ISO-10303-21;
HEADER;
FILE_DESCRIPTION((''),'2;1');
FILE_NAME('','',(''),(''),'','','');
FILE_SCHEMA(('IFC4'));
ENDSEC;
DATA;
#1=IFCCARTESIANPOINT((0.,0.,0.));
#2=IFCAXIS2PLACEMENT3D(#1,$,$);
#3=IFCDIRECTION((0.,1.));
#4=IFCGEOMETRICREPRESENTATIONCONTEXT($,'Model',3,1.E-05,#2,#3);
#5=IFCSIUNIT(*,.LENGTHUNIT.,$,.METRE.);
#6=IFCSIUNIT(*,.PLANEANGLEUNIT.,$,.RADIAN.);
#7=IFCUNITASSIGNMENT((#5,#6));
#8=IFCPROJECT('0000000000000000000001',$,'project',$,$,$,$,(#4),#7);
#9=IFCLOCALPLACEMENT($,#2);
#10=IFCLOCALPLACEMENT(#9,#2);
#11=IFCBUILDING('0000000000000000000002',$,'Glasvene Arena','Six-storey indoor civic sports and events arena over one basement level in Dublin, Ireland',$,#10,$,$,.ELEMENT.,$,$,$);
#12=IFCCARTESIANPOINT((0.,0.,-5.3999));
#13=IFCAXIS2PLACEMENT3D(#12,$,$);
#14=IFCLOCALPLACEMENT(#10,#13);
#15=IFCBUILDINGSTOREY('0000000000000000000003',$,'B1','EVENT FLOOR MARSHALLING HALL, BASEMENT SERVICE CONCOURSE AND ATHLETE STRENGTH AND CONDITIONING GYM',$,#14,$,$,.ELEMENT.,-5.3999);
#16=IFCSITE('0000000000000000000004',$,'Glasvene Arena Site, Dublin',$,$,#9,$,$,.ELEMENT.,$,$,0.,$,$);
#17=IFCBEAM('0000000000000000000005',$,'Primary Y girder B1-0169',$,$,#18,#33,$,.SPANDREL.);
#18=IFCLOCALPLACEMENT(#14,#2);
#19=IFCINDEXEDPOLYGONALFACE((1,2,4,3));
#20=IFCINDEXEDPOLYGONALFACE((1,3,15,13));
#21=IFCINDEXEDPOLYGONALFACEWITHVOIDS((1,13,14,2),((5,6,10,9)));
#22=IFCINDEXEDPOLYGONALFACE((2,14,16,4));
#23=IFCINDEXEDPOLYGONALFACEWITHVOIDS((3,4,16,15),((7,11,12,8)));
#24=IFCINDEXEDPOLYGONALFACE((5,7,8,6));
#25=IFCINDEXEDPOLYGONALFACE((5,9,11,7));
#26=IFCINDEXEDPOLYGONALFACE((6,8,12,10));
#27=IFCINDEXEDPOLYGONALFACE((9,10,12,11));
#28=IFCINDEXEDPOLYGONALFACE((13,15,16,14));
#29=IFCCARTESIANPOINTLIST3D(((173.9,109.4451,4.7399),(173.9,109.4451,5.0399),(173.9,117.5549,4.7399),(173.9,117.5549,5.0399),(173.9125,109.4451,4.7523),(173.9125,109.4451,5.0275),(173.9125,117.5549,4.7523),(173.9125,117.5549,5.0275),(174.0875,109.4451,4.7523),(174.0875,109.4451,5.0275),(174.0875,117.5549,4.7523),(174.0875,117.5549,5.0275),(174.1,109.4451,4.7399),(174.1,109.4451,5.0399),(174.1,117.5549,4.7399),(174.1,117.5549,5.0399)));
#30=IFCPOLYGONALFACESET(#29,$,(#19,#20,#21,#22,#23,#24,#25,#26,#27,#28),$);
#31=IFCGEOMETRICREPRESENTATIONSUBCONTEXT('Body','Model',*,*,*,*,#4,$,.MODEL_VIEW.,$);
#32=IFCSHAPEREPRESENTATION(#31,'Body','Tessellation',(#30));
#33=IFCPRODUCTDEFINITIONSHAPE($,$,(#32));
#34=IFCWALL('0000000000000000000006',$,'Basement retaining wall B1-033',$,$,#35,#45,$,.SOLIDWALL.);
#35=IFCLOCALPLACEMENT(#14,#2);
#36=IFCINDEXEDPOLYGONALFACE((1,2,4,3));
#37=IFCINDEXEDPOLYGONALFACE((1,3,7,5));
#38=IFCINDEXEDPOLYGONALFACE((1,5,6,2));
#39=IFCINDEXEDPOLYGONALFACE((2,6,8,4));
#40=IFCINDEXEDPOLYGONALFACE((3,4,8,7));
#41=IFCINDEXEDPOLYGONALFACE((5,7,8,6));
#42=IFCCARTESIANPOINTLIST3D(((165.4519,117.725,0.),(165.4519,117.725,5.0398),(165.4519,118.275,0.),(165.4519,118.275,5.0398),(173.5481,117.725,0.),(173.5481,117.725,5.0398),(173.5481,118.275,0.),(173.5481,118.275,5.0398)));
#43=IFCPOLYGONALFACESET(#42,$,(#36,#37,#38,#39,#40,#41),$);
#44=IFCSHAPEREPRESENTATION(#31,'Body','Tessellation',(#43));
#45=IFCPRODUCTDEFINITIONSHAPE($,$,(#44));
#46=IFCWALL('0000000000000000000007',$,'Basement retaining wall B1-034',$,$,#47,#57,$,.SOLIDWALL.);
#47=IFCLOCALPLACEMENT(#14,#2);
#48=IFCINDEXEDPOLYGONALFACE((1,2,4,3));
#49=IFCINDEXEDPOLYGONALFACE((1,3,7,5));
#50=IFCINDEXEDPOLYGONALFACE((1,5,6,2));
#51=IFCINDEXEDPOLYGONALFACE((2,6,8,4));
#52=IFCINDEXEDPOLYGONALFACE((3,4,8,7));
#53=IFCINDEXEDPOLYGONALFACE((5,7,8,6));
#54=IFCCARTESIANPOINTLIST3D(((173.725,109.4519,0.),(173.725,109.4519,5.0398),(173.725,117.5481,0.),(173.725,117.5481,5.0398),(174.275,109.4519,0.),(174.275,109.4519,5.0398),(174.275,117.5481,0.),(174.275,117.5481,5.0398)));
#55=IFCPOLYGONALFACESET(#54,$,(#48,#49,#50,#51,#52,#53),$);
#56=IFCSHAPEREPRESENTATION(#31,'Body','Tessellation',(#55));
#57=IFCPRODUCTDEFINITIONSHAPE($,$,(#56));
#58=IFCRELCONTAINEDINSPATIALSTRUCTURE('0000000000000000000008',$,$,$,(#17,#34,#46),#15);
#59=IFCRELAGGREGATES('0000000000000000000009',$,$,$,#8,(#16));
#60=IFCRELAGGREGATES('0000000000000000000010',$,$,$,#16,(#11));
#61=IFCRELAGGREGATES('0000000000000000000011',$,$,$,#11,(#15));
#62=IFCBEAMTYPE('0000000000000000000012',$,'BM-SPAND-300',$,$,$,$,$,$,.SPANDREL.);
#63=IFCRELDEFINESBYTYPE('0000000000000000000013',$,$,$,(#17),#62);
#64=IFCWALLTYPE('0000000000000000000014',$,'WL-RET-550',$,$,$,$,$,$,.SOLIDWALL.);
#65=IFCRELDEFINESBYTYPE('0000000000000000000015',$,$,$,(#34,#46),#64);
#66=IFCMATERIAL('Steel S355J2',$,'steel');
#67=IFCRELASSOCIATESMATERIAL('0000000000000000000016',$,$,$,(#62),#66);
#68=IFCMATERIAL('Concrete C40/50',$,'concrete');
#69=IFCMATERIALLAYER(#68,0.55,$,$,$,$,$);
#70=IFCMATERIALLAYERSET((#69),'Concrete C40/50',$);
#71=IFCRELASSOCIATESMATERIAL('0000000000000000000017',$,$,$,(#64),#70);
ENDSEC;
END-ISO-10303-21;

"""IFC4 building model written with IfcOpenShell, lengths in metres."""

from ifc_helpers import new_model, si_unit, direction, frame, frame_2d, origin, origin_2d, place, context, subcontext, project, spatial, rectangle, hollow_rectangle, extrude, material, layer, layer_set, material_profile, profile_set, type_object, element, save


model = new_model("IFC4")

# Units and contexts
model_context = context("Model", 3, precision=1e-05, world=origin(), true_north=direction((0.0, 1.0)))
body_context = subcontext(model_context, "Body", "Model", "MODEL_VIEW")
ifc_project = project(units=[si_unit("LENGTHUNIT", "METRE"), si_unit("PLANEANGLEUNIT", "RADIAN")], contexts=[model_context])

# Site, building, storey
site_placement = place(None, origin())
site = spatial("IfcSite", under=ifc_project, at=site_placement, Name="Glasvene Arena Site, Dublin", CompositionType="ELEMENT", RefElevation=0.0)
building_placement = place(site_placement, origin())
building = spatial("IfcBuilding", under=site, at=building_placement, Name="Glasvene Arena", Description="Six-storey indoor civic sports and events arena over one basement level in Dublin, Ireland", CompositionType="ELEMENT")
storey_placement = place(building_placement, frame((0.0, 0.0, -5.3999)))
storey = spatial("IfcBuildingStorey", under=building, at=storey_placement, Name="B1", Description="EVENT FLOOR MARSHALLING HALL, BASEMENT SERVICE CONCOURSE AND ATHLETE STRENGTH AND CONDITIONING GYM", CompositionType="ELEMENT", Elevation=-5.3999)

# Shared definitions
ifc_material_1 = material(Name="Concrete C40/50", Category="concrete")

# Beam
ifc_material_2 = material(Name="Steel S355J2", Category="steel")
ifc_material_profile_1 = material_profile(ifc_material_2, hollow_rectangle(XDim=0.2, YDim=0.3, WallThickness=0.0125, at=origin_2d()), Name="RHS 300x200x12.5")
ifc_profile_set_1 = profile_set([ifc_material_profile_1], Name="Steel S355J2")
beam_type_1 = type_object("IfcBeamType", Name="BM-SPAND-300", PredefinedType="SPANDREL", material=ifc_profile_set_1)
beam_1_placement = place(storey_placement, frame((174.0, 109.4451, 4.8899), z_axis=(0.0, 1.0, 0.0), x_axis=(-1.0, 0.0, 0.0)))
element("IfcBeam", 1, at=beam_1_placement, inside=storey, type_object=beam_type_1, Name="Primary Y girder B1-0169", PredefinedType="SPANDREL", context=body_context, shape_type="SweptSolid", body=[
    extrude(hollow_rectangle(XDim=0.2, YDim=0.3, WallThickness=0.0125, at=origin_2d()), origin(), (0.0, 0.0, 1.0), 8.1099),
])

# Walls
ifc_layer = layer(ifc_material_1, 0.55)
ifc_layer_set = layer_set([ifc_layer], Name="Concrete C40/50")
wall_type = type_object("IfcWallType", Name="WL-RET-550", PredefinedType="SOLIDWALL", material=ifc_layer_set)
for number, where, z_axis, x_axis, name in (
    (2, (165.4519, 118.0, 0.0), (0.0, 0.0, 1.0), (1.0, 0.0, 0.0), "Basement retaining wall B1-033"),
    (3, (174.0, 117.5481, 0.0), (0.0, 0.0, 1.0), (0.0, -1.0, 0.0), "Basement retaining wall B1-034"),
):
    element("IfcWall", number, at=place(storey_placement, frame(where, z_axis=z_axis, x_axis=x_axis)), inside=storey, type_object=wall_type, Name=name, PredefinedType="SOLIDWALL", context=body_context, shape_type="SweptSolid", body=[
        extrude(rectangle(XDim=8.0962, YDim=0.55, at=frame_2d((4.0481, 0.0))), origin(), (0.0, 0.0, 1.0), 5.0398),
    ])

save(model, "model.ifc")
